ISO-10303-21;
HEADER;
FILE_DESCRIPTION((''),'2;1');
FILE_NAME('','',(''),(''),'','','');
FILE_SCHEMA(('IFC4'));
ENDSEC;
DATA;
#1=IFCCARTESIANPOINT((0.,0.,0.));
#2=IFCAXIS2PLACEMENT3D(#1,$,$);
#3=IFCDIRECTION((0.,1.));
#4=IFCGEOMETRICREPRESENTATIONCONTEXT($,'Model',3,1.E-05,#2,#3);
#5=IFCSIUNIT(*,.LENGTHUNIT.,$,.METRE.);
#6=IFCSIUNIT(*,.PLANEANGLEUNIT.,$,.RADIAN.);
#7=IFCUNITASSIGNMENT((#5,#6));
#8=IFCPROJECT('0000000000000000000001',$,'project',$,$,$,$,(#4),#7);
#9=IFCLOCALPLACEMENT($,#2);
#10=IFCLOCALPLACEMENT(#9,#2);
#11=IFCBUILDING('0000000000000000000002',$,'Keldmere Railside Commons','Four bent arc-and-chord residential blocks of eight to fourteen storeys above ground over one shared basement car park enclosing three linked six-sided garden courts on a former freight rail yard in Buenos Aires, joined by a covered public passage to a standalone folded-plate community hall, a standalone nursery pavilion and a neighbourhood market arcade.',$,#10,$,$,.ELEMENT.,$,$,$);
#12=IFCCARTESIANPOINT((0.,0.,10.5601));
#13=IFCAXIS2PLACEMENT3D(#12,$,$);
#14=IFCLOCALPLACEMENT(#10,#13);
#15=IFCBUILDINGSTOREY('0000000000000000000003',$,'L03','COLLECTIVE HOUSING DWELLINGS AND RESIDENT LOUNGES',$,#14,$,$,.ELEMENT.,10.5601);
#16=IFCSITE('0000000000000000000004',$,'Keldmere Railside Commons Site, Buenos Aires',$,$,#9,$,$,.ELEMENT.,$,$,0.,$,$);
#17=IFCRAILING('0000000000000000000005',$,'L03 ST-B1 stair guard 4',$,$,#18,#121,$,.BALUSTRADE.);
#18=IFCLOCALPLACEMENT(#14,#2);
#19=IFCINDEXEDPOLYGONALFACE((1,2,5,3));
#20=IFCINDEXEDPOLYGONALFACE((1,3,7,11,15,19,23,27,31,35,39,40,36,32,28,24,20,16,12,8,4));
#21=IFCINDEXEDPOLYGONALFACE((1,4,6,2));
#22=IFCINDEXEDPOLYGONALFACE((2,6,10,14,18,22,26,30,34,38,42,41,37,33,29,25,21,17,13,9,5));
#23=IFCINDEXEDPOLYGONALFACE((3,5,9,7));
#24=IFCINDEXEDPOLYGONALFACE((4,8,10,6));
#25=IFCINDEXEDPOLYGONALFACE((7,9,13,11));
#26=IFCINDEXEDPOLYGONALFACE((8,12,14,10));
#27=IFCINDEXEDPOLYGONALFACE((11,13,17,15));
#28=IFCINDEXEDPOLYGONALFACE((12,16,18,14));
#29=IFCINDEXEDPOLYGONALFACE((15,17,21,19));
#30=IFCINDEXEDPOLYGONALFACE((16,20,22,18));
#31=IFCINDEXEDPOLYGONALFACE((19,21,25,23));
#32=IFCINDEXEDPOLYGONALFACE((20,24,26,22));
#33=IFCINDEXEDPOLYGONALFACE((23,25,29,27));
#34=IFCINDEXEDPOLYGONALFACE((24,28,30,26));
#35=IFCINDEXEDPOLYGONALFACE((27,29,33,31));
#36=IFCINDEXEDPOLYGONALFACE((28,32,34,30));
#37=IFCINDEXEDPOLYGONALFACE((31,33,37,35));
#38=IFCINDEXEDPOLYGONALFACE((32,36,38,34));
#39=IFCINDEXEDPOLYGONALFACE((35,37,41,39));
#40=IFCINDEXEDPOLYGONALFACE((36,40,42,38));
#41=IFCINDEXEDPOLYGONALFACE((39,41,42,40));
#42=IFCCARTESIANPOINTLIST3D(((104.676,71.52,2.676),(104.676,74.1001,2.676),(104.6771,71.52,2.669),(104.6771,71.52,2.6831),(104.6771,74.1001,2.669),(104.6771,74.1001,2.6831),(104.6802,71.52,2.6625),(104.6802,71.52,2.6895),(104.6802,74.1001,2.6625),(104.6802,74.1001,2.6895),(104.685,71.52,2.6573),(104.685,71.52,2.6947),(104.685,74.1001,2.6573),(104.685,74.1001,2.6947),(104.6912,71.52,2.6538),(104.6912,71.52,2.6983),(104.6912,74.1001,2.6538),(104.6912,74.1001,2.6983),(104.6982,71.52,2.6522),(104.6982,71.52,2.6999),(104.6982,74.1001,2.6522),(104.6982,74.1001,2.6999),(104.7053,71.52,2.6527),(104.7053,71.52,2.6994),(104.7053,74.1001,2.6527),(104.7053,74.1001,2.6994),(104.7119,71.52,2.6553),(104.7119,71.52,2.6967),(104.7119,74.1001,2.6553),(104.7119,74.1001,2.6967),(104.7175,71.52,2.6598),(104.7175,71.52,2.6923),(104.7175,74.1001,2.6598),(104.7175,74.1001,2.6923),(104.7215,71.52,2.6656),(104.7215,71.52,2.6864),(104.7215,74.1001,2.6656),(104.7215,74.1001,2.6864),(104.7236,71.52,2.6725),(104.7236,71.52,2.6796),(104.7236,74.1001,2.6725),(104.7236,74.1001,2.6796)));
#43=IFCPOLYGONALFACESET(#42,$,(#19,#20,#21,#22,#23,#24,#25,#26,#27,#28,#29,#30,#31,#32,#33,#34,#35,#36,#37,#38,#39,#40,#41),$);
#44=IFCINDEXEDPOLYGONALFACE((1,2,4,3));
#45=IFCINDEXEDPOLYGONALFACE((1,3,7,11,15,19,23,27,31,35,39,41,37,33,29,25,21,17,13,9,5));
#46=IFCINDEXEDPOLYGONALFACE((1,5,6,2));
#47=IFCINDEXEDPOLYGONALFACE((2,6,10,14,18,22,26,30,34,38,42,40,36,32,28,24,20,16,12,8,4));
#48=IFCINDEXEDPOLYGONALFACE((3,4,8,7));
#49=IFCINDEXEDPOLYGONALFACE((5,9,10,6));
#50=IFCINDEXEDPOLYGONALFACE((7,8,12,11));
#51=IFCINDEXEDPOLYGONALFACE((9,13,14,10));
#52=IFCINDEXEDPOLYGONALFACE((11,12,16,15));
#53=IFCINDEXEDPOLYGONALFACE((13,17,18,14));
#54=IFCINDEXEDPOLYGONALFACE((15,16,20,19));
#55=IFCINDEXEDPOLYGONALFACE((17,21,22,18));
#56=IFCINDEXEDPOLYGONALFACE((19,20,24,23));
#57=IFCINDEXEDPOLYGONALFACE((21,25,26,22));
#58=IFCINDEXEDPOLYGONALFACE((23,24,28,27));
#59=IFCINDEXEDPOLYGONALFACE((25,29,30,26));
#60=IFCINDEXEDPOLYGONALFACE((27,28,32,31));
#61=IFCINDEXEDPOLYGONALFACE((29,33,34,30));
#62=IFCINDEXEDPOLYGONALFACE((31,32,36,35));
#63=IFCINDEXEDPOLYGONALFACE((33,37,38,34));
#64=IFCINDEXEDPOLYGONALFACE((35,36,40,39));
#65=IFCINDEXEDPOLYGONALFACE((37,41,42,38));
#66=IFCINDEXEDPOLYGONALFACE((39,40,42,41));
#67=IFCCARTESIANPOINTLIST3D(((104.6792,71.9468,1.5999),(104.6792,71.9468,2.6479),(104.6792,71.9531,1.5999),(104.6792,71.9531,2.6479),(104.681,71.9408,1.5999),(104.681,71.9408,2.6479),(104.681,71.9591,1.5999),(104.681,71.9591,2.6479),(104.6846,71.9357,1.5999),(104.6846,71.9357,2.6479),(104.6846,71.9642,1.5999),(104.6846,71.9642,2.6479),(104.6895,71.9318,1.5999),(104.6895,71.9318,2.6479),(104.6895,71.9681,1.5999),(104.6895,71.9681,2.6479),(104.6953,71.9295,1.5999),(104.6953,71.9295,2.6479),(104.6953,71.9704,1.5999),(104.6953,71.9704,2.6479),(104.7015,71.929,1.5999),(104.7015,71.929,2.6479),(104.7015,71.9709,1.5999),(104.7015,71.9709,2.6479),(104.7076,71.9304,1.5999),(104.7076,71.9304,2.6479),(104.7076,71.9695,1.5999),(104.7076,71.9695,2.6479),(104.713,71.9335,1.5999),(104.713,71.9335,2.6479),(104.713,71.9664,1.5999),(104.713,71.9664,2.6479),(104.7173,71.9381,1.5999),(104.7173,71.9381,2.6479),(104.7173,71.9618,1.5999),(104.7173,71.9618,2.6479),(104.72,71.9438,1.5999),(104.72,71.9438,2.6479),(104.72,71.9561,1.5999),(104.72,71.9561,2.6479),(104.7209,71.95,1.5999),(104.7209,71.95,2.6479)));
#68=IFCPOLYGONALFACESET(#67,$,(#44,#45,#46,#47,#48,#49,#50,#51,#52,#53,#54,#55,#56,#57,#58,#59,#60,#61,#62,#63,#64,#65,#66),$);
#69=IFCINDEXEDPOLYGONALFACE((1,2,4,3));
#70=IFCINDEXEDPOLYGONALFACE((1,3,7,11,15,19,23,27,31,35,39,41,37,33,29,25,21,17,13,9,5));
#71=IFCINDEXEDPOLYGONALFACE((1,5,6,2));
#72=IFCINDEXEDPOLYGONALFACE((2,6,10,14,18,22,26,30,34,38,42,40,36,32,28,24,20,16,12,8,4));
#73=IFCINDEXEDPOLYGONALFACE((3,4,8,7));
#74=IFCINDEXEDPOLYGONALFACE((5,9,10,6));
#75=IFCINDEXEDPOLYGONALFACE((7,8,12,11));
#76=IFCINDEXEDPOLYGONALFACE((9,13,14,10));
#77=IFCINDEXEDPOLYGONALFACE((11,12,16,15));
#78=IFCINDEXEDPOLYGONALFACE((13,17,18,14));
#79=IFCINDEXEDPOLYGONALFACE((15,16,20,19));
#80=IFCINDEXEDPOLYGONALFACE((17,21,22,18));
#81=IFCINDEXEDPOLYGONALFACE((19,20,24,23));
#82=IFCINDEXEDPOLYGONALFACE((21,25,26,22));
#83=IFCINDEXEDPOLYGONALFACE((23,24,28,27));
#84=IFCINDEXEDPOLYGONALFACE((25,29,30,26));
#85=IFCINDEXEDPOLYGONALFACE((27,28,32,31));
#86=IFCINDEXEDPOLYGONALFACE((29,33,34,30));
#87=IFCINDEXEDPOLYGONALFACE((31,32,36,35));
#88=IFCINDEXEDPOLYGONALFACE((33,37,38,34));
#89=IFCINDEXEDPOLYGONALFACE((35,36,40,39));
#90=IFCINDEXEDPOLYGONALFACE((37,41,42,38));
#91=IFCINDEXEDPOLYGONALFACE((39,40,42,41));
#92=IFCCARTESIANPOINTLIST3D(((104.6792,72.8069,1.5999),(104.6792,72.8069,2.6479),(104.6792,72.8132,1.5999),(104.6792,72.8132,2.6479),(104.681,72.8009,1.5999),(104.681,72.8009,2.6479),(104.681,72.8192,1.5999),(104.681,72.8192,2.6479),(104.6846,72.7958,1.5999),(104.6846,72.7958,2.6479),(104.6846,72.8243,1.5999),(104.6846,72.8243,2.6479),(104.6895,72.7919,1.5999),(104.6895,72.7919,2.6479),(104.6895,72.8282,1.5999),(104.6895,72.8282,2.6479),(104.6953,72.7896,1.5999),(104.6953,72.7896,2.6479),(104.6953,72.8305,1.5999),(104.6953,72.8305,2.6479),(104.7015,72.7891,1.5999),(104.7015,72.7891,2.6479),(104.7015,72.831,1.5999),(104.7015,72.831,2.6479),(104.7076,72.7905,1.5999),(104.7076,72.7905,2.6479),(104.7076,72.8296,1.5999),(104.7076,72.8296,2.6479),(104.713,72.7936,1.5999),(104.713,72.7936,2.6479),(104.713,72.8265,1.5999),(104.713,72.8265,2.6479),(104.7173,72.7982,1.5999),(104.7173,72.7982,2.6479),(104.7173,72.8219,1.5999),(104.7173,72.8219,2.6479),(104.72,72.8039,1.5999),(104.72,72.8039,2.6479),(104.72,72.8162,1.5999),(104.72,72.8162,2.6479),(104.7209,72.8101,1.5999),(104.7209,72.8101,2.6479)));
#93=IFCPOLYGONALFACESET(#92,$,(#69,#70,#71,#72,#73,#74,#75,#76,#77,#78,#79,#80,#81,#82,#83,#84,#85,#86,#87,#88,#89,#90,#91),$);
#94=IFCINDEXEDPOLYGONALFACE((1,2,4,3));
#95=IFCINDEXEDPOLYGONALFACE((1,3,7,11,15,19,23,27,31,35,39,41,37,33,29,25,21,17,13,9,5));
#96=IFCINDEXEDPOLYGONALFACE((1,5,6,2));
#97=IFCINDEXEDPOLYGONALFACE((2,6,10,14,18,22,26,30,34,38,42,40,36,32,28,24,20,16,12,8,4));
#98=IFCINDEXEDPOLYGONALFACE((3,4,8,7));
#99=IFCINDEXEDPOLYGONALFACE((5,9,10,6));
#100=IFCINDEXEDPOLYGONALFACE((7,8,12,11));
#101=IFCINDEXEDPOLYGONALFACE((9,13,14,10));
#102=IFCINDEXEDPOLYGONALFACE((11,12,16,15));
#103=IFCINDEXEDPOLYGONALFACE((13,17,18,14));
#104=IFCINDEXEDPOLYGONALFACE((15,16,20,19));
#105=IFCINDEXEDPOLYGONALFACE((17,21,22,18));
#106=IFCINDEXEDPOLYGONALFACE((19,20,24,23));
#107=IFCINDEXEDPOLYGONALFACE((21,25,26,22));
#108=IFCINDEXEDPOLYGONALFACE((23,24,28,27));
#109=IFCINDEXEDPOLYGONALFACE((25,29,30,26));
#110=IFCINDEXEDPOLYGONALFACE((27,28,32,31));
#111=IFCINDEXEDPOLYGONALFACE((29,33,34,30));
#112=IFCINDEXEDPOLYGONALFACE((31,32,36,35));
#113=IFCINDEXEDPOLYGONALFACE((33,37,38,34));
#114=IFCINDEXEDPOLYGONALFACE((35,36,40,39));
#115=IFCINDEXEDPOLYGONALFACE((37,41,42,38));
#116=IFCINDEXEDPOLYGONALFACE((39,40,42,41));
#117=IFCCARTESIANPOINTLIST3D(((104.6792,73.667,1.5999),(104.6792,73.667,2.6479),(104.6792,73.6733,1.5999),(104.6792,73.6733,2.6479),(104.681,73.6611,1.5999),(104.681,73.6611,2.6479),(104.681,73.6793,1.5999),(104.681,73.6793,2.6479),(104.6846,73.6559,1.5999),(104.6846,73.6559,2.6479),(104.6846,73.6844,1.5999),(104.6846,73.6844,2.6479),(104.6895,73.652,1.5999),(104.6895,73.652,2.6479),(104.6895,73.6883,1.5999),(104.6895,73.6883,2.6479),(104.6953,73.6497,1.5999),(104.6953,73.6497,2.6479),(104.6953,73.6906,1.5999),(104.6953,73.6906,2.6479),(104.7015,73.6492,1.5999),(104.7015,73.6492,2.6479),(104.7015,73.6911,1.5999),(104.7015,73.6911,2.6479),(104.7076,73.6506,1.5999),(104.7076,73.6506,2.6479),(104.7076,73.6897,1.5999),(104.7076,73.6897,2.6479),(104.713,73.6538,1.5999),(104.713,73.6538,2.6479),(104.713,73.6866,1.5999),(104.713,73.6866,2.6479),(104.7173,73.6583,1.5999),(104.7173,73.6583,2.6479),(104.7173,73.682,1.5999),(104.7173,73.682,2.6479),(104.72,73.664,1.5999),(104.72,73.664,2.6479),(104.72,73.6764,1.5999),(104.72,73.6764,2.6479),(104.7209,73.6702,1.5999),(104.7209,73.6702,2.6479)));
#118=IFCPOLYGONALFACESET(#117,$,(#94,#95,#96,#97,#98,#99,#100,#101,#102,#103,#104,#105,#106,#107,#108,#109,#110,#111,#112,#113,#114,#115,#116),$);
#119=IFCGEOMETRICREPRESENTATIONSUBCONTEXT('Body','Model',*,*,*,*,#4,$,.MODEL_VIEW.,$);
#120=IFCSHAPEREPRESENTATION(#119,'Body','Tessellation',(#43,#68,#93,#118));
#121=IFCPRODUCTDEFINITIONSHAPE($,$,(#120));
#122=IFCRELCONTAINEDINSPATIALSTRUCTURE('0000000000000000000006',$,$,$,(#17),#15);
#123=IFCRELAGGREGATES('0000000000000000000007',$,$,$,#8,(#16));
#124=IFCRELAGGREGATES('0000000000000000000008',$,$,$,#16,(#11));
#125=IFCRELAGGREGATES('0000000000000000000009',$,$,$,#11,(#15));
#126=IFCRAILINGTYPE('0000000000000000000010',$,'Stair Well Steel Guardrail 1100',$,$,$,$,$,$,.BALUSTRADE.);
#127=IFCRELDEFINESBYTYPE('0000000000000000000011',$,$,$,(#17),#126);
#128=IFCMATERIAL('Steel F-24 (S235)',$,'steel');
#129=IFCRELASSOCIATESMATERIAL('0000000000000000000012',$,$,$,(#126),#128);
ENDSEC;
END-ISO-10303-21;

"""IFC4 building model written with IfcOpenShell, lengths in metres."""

from ifc_helpers import new_model, si_unit, direction, frame, origin, origin_2d, place, context, subcontext, project, spatial, circle, extrude, material, type_object, element, save


model = new_model("IFC4")

# Units and contexts
model_context = context("Model", 3, precision=1e-05, world=origin(), true_north=direction((0.0, 1.0)))
body_context = subcontext(model_context, "Body", "Model", "MODEL_VIEW")
ifc_project = project(units=[si_unit("LENGTHUNIT", "METRE"), si_unit("PLANEANGLEUNIT", "RADIAN")], contexts=[model_context])

# Site, building, storey
site_placement = place(None, origin())
site = spatial("IfcSite", under=ifc_project, at=site_placement, Name="Keldmere Railside Commons Site, Buenos Aires", CompositionType="ELEMENT", RefElevation=0.0)
building_placement = place(site_placement, origin())
building = spatial("IfcBuilding", under=site, at=building_placement, Name="Keldmere Railside Commons", Description="Four bent arc-and-chord residential blocks of eight to fourteen storeys above ground over one shared basement car park enclosing three linked six-sided garden courts on a former freight rail yard in Buenos Aires, joined by a covered public passage to a standalone folded-plate community hall, a standalone nursery pavilion and a neighbourhood market arcade.", CompositionType="ELEMENT")
storey_placement = place(building_placement, frame((0.0, 0.0, 10.5601)))
storey = spatial("IfcBuildingStorey", under=building, at=storey_placement, Name="L03", Description="COLLECTIVE HOUSING DWELLINGS AND RESIDENT LOUNGES", CompositionType="ELEMENT", Elevation=10.5601)

# Railing
ifc_material_1 = material(Name="Steel F-24 (S235)", Category="steel")
railing_type_1 = type_object("IfcRailingType", Name="Stair Well Steel Guardrail 1100", PredefinedType="BALUSTRADE", material=ifc_material_1)
for number, where, name in (
    (1, (104.7, 71.52, 1.5999), "L03 ST-B1 stair guard 4"),
):
    element("IfcRailing", number, at=place(storey_placement, frame(where)), inside=storey, type_object=railing_type_1, Name=name, PredefinedType="BALUSTRADE", context=body_context, shape_type="SweptSolid", body=[
        extrude(circle(Radius=0.0239, at=origin_2d()), frame((0.0, 0.0, 1.0762), z_axis=(0.0, 1.0, 0.0), x_axis=(-1.0, 0.0, 0.0)), (0.0, 0.0, 1.0), 2.5801),
        extrude(circle(Radius=0.021, at=origin_2d()), frame((0.0, 0.4299, 0.0)), (0.0, 0.0, 1.0), 1.0481),
        extrude(circle(Radius=0.021, at=origin_2d()), frame((0.0, 1.29, 0.0)), (0.0, 0.0, 1.0), 1.0481),
        extrude(circle(Radius=0.021, at=origin_2d()), frame((0.0, 2.1501, 0.0)), (0.0, 0.0, 1.0), 1.0481),
    ])

save(model, "model.ifc")
